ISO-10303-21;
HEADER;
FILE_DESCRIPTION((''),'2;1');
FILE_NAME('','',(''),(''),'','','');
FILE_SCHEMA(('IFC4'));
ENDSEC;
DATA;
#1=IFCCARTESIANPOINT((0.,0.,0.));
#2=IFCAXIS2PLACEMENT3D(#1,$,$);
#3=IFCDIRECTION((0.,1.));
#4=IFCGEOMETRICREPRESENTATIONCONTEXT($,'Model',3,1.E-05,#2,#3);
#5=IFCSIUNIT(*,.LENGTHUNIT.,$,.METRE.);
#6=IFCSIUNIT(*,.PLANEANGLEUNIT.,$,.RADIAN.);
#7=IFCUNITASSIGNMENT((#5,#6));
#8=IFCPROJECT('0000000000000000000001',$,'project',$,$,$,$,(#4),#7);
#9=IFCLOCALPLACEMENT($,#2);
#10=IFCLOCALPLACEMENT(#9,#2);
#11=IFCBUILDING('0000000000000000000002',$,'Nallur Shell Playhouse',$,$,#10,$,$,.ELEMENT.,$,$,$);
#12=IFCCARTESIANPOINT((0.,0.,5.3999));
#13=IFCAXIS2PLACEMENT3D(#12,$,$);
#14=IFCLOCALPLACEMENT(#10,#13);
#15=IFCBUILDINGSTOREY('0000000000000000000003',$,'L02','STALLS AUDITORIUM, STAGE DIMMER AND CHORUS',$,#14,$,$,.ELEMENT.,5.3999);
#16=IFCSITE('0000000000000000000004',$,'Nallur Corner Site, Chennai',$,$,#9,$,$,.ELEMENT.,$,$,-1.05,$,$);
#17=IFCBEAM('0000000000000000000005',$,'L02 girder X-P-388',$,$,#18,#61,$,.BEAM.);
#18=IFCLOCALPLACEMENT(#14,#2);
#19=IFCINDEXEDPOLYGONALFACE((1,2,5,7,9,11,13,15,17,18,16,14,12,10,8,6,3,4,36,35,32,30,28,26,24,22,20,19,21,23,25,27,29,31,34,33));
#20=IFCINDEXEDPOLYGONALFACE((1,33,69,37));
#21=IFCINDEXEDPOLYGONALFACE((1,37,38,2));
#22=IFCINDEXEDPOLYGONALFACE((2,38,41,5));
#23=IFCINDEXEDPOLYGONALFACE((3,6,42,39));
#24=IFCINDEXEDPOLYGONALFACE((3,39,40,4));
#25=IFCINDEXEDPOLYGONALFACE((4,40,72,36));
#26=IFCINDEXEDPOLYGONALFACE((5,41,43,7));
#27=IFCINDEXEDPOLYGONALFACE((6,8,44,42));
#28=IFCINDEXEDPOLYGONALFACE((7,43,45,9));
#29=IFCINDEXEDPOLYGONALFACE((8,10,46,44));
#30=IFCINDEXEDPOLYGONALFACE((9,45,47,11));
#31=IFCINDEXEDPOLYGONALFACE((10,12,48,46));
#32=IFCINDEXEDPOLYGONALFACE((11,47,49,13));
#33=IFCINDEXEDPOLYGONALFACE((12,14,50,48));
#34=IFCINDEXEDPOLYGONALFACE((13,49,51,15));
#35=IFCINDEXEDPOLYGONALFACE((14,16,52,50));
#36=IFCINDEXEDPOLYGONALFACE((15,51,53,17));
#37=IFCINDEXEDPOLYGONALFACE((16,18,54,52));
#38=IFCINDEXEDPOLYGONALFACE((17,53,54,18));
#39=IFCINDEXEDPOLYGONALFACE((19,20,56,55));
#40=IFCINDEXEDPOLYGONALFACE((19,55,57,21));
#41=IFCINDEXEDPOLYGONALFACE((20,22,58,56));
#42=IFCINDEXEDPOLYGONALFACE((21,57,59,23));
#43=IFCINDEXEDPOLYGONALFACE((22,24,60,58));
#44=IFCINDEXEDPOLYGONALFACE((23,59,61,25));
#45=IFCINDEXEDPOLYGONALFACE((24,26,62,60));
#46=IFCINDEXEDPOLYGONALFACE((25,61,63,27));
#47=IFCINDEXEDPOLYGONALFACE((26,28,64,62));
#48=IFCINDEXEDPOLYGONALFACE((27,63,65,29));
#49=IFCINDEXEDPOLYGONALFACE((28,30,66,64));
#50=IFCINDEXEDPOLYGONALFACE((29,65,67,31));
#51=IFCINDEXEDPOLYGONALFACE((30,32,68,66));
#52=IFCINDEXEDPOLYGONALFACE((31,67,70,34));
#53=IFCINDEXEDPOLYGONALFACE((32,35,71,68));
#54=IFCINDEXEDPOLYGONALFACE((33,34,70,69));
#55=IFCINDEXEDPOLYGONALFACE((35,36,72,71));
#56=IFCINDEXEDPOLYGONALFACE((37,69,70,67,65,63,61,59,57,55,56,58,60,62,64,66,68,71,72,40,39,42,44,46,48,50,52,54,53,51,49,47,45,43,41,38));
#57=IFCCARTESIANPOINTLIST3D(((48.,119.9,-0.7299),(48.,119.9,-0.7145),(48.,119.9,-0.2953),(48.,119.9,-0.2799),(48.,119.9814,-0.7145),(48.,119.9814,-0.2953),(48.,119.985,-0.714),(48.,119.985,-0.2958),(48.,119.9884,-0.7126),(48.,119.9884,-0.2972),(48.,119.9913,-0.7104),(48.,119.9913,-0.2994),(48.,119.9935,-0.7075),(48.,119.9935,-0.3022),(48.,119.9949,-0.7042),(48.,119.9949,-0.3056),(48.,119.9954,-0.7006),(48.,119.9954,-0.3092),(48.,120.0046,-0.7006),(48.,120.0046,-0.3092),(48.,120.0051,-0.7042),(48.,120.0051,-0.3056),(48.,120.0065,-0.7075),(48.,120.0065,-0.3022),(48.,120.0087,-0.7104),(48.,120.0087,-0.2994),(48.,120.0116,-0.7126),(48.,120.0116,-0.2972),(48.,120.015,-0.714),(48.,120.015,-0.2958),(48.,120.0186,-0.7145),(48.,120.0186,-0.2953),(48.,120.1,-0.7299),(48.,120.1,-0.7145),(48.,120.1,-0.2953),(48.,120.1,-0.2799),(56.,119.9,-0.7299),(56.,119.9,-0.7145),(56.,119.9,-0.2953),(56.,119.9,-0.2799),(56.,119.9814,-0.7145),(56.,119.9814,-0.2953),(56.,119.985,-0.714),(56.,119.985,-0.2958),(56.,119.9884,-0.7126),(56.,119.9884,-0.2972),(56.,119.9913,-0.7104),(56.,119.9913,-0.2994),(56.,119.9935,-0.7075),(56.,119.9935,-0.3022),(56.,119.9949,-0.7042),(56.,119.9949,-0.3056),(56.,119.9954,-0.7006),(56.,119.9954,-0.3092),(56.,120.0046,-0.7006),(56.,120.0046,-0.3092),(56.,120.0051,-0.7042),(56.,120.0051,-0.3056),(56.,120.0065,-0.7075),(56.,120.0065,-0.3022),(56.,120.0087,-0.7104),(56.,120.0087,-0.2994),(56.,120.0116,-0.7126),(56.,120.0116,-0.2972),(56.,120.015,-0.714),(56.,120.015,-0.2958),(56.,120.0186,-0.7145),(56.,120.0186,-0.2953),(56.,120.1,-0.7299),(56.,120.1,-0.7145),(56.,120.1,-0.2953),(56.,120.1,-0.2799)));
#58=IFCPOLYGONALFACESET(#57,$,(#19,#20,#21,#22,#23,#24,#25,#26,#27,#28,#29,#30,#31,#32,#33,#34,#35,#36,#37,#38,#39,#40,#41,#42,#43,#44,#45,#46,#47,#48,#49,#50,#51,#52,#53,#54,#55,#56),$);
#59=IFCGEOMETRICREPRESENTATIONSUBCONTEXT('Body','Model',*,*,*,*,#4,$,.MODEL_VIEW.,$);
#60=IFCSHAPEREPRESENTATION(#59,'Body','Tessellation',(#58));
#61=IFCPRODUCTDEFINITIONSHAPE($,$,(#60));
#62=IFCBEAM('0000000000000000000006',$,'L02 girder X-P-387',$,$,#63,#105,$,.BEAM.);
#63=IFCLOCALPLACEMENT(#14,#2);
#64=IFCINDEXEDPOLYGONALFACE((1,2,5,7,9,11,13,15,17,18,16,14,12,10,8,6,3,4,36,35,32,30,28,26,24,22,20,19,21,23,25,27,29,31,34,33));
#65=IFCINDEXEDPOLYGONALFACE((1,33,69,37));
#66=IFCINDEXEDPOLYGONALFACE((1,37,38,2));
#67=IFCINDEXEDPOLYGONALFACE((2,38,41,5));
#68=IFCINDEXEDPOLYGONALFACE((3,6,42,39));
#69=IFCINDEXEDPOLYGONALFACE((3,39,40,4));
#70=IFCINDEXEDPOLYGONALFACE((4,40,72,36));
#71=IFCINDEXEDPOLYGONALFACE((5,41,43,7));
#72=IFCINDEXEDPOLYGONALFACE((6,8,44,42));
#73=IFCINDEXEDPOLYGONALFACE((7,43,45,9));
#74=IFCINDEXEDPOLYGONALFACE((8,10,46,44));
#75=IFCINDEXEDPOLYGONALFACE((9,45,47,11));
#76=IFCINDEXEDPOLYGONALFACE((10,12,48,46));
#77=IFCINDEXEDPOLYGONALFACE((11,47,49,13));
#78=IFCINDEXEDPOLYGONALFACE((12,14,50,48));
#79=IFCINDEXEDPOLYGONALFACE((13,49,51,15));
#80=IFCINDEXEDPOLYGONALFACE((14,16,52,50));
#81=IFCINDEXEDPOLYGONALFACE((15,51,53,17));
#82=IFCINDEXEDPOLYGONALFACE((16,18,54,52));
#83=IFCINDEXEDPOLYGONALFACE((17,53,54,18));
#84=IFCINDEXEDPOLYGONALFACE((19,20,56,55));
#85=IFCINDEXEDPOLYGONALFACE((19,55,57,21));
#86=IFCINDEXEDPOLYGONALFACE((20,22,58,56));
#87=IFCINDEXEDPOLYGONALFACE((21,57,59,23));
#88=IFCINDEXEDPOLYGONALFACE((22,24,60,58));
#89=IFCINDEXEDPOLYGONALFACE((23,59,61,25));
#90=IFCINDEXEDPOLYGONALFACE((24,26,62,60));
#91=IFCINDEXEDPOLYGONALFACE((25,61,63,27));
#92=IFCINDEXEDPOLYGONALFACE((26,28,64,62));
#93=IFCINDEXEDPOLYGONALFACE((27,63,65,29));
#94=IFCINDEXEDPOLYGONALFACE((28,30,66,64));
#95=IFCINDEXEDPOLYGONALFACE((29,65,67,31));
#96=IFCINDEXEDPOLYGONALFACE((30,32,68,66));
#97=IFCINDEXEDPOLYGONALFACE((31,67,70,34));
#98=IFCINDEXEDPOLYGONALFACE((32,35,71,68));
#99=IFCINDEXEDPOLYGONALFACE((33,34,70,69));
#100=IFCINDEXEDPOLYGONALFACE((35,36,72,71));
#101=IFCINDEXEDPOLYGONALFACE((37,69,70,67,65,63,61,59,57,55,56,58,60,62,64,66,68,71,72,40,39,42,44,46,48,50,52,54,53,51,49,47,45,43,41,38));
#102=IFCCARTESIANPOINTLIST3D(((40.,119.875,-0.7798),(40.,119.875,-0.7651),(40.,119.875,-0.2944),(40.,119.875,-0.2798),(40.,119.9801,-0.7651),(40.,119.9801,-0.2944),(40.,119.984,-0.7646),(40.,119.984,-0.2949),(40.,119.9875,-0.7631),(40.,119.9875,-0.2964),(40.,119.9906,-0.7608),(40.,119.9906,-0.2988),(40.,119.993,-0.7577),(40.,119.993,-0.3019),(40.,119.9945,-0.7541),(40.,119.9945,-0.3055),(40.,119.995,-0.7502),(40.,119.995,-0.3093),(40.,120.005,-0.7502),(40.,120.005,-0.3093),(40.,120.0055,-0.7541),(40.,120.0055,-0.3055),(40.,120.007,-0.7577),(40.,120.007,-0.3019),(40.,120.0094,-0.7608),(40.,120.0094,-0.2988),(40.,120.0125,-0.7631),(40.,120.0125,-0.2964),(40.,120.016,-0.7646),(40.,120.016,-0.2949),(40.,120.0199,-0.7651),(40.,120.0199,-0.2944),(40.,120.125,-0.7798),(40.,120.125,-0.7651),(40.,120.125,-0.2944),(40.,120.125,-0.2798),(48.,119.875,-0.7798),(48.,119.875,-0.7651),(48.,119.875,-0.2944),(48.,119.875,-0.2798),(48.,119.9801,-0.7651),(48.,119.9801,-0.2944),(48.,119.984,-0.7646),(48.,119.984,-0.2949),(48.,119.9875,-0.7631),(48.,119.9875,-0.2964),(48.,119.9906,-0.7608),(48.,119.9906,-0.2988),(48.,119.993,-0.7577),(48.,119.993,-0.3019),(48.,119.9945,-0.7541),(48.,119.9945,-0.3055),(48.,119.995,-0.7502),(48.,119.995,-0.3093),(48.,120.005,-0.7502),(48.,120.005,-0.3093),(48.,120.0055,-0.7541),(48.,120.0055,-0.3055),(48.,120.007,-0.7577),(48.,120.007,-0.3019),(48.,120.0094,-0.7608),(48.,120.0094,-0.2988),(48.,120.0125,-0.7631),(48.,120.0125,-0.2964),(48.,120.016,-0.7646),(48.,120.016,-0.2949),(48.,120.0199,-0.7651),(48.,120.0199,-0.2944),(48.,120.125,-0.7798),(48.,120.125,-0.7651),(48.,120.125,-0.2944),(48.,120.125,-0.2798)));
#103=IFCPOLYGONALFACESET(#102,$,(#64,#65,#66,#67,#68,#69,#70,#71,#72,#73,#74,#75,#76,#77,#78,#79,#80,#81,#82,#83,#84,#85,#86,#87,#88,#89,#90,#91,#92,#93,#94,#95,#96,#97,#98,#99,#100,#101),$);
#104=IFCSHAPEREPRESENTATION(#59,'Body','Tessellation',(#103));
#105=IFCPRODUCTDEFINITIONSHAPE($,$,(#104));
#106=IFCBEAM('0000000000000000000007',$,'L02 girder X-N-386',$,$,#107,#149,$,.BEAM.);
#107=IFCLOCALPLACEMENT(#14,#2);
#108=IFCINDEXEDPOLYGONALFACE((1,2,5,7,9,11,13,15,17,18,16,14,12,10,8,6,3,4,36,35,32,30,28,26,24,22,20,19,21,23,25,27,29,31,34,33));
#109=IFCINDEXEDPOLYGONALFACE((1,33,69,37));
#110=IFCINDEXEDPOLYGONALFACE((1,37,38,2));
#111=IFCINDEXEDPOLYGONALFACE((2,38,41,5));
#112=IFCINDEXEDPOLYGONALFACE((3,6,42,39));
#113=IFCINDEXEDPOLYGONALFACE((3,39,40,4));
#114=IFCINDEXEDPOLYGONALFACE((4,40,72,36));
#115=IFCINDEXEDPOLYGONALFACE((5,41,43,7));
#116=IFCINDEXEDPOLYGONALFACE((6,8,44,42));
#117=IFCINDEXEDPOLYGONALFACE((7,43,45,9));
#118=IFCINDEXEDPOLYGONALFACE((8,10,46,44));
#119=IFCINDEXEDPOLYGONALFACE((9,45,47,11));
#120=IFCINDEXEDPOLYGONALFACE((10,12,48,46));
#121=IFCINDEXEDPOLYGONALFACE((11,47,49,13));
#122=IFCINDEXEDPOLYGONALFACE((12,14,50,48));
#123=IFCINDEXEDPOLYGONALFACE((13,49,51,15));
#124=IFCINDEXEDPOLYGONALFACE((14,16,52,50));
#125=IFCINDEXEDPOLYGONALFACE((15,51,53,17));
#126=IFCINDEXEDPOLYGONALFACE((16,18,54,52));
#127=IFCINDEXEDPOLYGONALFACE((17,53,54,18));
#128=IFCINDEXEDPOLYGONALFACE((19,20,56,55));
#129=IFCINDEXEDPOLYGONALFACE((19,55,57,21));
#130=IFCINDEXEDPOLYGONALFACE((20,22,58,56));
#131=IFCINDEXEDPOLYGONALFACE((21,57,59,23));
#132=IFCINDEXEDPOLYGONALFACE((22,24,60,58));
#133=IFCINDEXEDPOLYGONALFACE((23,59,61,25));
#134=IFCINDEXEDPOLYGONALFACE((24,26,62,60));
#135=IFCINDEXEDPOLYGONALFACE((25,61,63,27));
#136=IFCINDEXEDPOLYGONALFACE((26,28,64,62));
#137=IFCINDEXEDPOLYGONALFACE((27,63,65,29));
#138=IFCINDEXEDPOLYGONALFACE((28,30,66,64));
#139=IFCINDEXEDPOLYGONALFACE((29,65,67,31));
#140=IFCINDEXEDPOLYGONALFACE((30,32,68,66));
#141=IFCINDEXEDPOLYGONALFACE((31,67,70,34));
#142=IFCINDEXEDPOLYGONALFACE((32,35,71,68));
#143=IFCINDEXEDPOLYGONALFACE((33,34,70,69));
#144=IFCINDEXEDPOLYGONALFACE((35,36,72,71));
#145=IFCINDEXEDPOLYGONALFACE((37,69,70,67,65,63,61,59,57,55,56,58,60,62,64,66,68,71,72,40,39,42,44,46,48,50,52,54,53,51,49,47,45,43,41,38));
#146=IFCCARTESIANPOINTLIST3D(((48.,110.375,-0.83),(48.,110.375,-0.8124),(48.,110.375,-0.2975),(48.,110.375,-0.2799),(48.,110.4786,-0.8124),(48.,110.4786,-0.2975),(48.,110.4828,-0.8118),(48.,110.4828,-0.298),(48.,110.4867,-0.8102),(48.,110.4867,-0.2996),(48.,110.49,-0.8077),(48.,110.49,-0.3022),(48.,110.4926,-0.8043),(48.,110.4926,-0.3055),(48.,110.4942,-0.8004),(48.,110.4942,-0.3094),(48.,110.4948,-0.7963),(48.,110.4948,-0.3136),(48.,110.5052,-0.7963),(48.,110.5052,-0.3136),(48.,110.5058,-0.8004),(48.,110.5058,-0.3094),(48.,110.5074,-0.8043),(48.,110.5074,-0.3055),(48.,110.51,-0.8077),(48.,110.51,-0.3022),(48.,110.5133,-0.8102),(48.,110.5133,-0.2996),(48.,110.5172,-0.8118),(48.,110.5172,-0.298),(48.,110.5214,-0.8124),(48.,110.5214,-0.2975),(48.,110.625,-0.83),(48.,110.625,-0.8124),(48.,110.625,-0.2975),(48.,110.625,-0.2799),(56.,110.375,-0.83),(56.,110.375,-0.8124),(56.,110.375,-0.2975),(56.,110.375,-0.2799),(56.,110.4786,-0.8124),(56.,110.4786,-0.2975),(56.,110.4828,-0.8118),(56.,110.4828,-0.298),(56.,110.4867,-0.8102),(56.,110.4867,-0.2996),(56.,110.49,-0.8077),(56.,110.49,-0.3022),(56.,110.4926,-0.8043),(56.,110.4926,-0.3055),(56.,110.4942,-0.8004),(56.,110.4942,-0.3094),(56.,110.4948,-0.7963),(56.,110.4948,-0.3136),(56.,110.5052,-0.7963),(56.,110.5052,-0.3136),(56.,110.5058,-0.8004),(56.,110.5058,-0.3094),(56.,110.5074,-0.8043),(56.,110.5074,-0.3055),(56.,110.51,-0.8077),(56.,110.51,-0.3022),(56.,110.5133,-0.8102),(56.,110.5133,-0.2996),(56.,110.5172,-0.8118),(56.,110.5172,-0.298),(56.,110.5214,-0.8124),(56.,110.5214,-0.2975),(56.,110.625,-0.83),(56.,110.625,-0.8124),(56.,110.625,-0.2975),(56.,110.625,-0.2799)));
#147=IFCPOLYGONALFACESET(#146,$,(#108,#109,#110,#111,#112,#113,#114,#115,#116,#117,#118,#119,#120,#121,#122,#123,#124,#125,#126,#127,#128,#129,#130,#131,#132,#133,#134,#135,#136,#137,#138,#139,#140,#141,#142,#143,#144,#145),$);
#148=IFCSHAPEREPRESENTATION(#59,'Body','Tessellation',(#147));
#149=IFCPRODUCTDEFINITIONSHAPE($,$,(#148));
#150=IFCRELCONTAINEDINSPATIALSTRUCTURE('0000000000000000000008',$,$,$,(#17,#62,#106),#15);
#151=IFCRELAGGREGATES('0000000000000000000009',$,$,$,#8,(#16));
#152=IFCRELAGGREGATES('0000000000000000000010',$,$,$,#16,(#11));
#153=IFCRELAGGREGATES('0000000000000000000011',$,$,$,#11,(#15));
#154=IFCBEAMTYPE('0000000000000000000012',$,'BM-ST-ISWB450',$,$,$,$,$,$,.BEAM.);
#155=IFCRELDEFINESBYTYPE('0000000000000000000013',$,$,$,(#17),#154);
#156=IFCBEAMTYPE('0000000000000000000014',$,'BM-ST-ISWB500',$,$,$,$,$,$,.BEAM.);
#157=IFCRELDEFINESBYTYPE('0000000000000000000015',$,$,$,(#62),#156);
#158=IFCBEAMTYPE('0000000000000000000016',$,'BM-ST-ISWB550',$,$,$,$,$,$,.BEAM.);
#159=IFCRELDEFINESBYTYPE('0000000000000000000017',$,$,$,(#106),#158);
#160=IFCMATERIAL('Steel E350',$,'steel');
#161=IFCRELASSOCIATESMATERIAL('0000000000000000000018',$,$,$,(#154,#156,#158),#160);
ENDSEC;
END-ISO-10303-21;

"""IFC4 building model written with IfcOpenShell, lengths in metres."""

from ifc_helpers import new_model, si_unit, direction, frame, origin, origin_2d, place, context, subcontext, project, spatial, i_section, extrude, material, material_profile, profile_set, type_object, element, save


model = new_model("IFC4")

# Units and contexts
model_context = context("Model", 3, precision=1e-05, world=origin(), true_north=direction((0.0, 1.0)))
body_context = subcontext(model_context, "Body", "Model", "MODEL_VIEW")
ifc_project = project(units=[si_unit("LENGTHUNIT", "METRE"), si_unit("PLANEANGLEUNIT", "RADIAN")], contexts=[model_context])

# Site, building, storey
site_placement = place(None, origin())
site = spatial("IfcSite", under=ifc_project, at=site_placement, Name="Nallur Corner Site, Chennai", CompositionType="ELEMENT", RefElevation=-1.05)
building_placement = place(site_placement, origin())
building = spatial("IfcBuilding", under=site, at=building_placement, Name="Nallur Shell Playhouse", CompositionType="ELEMENT")
storey_placement = place(building_placement, frame((0.0, 0.0, 5.3999)))
storey = spatial("IfcBuildingStorey", under=building, at=storey_placement, Name="L02", Description="STALLS AUDITORIUM, STAGE DIMMER AND CHORUS", CompositionType="ELEMENT", Elevation=5.3999)

# Beams
ifc_material_1 = material(Name="Steel E350", Category="steel")
ifc_material_profile_1 = material_profile(ifc_material_1, i_section(OverallWidth=0.2, OverallDepth=0.45, WebThickness=0.0093, FlangeThickness=0.0154, FilletRadius=0.0139, at=origin_2d()), Name="ISWB 450")
ifc_profile_set_1 = profile_set([ifc_material_profile_1], Name="Steel E350")
beam_type_1 = type_object("IfcBeamType", Name="BM-ST-ISWB450", PredefinedType="BEAM", material=ifc_profile_set_1)
beam_1_placement = place(storey_placement, frame((48.0, 120.0, -0.5049), z_axis=(1.0, 0.0, 0.0), x_axis=(0.0, 1.0, 0.0)))
element("IfcBeam", 1, at=beam_1_placement, inside=storey, type_object=beam_type_1, Name="L02 girder X-P-388", PredefinedType="BEAM", context=body_context, shape_type="SweptSolid", body=[
    extrude(i_section(OverallWidth=0.2, OverallDepth=0.45, WebThickness=0.0093, FlangeThickness=0.0154, FilletRadius=0.0139, at=origin_2d()), origin(), (0.0, 0.0, 1.0), 8.0),
])
ifc_material_profile_2 = material_profile(ifc_material_1, i_section(OverallWidth=0.25, OverallDepth=0.5, WebThickness=0.01, FlangeThickness=0.0146, FilletRadius=0.0149, at=origin_2d()), Name="ISWB 500")
ifc_profile_set_2 = profile_set([ifc_material_profile_2], Name="Steel E350")
beam_type_2 = type_object("IfcBeamType", Name="BM-ST-ISWB500", PredefinedType="BEAM", material=ifc_profile_set_2)
beam_2_placement = place(storey_placement, frame((40.0, 120.0, -0.5298), z_axis=(1.0, 0.0, 0.0), x_axis=(0.0, 1.0, 0.0)))
element("IfcBeam", 2, at=beam_2_placement, inside=storey, type_object=beam_type_2, Name="L02 girder X-P-387", PredefinedType="BEAM", context=body_context, shape_type="SweptSolid", body=[
    extrude(i_section(OverallWidth=0.25, OverallDepth=0.5, WebThickness=0.01, FlangeThickness=0.0146, FilletRadius=0.0149, at=origin_2d()), origin(), (0.0, 0.0, 1.0), 8.0),
])
ifc_material_profile_3 = material_profile(ifc_material_1, i_section(OverallWidth=0.25, OverallDepth=0.55, WebThickness=0.0105, FlangeThickness=0.0176, FilletRadius=0.0161, at=origin_2d()), Name="ISWB 550")
ifc_profile_set_3 = profile_set([ifc_material_profile_3], Name="Steel E350")
beam_type_3 = type_object("IfcBeamType", Name="BM-ST-ISWB550", PredefinedType="BEAM", material=ifc_profile_set_3)
beam_3_placement = place(storey_placement, frame((48.0, 110.5, -0.5549), z_axis=(1.0, 0.0, 0.0), x_axis=(0.0, 1.0, 0.0)))
element("IfcBeam", 3, at=beam_3_placement, inside=storey, type_object=beam_type_3, Name="L02 girder X-N-386", PredefinedType="BEAM", context=body_context, shape_type="SweptSolid", body=[
    extrude(i_section(OverallWidth=0.25, OverallDepth=0.55, WebThickness=0.0105, FlangeThickness=0.0176, FilletRadius=0.0161, at=origin_2d()), origin(), (0.0, 0.0, 1.0), 8.0),
])

save(model, "model.ifc")
